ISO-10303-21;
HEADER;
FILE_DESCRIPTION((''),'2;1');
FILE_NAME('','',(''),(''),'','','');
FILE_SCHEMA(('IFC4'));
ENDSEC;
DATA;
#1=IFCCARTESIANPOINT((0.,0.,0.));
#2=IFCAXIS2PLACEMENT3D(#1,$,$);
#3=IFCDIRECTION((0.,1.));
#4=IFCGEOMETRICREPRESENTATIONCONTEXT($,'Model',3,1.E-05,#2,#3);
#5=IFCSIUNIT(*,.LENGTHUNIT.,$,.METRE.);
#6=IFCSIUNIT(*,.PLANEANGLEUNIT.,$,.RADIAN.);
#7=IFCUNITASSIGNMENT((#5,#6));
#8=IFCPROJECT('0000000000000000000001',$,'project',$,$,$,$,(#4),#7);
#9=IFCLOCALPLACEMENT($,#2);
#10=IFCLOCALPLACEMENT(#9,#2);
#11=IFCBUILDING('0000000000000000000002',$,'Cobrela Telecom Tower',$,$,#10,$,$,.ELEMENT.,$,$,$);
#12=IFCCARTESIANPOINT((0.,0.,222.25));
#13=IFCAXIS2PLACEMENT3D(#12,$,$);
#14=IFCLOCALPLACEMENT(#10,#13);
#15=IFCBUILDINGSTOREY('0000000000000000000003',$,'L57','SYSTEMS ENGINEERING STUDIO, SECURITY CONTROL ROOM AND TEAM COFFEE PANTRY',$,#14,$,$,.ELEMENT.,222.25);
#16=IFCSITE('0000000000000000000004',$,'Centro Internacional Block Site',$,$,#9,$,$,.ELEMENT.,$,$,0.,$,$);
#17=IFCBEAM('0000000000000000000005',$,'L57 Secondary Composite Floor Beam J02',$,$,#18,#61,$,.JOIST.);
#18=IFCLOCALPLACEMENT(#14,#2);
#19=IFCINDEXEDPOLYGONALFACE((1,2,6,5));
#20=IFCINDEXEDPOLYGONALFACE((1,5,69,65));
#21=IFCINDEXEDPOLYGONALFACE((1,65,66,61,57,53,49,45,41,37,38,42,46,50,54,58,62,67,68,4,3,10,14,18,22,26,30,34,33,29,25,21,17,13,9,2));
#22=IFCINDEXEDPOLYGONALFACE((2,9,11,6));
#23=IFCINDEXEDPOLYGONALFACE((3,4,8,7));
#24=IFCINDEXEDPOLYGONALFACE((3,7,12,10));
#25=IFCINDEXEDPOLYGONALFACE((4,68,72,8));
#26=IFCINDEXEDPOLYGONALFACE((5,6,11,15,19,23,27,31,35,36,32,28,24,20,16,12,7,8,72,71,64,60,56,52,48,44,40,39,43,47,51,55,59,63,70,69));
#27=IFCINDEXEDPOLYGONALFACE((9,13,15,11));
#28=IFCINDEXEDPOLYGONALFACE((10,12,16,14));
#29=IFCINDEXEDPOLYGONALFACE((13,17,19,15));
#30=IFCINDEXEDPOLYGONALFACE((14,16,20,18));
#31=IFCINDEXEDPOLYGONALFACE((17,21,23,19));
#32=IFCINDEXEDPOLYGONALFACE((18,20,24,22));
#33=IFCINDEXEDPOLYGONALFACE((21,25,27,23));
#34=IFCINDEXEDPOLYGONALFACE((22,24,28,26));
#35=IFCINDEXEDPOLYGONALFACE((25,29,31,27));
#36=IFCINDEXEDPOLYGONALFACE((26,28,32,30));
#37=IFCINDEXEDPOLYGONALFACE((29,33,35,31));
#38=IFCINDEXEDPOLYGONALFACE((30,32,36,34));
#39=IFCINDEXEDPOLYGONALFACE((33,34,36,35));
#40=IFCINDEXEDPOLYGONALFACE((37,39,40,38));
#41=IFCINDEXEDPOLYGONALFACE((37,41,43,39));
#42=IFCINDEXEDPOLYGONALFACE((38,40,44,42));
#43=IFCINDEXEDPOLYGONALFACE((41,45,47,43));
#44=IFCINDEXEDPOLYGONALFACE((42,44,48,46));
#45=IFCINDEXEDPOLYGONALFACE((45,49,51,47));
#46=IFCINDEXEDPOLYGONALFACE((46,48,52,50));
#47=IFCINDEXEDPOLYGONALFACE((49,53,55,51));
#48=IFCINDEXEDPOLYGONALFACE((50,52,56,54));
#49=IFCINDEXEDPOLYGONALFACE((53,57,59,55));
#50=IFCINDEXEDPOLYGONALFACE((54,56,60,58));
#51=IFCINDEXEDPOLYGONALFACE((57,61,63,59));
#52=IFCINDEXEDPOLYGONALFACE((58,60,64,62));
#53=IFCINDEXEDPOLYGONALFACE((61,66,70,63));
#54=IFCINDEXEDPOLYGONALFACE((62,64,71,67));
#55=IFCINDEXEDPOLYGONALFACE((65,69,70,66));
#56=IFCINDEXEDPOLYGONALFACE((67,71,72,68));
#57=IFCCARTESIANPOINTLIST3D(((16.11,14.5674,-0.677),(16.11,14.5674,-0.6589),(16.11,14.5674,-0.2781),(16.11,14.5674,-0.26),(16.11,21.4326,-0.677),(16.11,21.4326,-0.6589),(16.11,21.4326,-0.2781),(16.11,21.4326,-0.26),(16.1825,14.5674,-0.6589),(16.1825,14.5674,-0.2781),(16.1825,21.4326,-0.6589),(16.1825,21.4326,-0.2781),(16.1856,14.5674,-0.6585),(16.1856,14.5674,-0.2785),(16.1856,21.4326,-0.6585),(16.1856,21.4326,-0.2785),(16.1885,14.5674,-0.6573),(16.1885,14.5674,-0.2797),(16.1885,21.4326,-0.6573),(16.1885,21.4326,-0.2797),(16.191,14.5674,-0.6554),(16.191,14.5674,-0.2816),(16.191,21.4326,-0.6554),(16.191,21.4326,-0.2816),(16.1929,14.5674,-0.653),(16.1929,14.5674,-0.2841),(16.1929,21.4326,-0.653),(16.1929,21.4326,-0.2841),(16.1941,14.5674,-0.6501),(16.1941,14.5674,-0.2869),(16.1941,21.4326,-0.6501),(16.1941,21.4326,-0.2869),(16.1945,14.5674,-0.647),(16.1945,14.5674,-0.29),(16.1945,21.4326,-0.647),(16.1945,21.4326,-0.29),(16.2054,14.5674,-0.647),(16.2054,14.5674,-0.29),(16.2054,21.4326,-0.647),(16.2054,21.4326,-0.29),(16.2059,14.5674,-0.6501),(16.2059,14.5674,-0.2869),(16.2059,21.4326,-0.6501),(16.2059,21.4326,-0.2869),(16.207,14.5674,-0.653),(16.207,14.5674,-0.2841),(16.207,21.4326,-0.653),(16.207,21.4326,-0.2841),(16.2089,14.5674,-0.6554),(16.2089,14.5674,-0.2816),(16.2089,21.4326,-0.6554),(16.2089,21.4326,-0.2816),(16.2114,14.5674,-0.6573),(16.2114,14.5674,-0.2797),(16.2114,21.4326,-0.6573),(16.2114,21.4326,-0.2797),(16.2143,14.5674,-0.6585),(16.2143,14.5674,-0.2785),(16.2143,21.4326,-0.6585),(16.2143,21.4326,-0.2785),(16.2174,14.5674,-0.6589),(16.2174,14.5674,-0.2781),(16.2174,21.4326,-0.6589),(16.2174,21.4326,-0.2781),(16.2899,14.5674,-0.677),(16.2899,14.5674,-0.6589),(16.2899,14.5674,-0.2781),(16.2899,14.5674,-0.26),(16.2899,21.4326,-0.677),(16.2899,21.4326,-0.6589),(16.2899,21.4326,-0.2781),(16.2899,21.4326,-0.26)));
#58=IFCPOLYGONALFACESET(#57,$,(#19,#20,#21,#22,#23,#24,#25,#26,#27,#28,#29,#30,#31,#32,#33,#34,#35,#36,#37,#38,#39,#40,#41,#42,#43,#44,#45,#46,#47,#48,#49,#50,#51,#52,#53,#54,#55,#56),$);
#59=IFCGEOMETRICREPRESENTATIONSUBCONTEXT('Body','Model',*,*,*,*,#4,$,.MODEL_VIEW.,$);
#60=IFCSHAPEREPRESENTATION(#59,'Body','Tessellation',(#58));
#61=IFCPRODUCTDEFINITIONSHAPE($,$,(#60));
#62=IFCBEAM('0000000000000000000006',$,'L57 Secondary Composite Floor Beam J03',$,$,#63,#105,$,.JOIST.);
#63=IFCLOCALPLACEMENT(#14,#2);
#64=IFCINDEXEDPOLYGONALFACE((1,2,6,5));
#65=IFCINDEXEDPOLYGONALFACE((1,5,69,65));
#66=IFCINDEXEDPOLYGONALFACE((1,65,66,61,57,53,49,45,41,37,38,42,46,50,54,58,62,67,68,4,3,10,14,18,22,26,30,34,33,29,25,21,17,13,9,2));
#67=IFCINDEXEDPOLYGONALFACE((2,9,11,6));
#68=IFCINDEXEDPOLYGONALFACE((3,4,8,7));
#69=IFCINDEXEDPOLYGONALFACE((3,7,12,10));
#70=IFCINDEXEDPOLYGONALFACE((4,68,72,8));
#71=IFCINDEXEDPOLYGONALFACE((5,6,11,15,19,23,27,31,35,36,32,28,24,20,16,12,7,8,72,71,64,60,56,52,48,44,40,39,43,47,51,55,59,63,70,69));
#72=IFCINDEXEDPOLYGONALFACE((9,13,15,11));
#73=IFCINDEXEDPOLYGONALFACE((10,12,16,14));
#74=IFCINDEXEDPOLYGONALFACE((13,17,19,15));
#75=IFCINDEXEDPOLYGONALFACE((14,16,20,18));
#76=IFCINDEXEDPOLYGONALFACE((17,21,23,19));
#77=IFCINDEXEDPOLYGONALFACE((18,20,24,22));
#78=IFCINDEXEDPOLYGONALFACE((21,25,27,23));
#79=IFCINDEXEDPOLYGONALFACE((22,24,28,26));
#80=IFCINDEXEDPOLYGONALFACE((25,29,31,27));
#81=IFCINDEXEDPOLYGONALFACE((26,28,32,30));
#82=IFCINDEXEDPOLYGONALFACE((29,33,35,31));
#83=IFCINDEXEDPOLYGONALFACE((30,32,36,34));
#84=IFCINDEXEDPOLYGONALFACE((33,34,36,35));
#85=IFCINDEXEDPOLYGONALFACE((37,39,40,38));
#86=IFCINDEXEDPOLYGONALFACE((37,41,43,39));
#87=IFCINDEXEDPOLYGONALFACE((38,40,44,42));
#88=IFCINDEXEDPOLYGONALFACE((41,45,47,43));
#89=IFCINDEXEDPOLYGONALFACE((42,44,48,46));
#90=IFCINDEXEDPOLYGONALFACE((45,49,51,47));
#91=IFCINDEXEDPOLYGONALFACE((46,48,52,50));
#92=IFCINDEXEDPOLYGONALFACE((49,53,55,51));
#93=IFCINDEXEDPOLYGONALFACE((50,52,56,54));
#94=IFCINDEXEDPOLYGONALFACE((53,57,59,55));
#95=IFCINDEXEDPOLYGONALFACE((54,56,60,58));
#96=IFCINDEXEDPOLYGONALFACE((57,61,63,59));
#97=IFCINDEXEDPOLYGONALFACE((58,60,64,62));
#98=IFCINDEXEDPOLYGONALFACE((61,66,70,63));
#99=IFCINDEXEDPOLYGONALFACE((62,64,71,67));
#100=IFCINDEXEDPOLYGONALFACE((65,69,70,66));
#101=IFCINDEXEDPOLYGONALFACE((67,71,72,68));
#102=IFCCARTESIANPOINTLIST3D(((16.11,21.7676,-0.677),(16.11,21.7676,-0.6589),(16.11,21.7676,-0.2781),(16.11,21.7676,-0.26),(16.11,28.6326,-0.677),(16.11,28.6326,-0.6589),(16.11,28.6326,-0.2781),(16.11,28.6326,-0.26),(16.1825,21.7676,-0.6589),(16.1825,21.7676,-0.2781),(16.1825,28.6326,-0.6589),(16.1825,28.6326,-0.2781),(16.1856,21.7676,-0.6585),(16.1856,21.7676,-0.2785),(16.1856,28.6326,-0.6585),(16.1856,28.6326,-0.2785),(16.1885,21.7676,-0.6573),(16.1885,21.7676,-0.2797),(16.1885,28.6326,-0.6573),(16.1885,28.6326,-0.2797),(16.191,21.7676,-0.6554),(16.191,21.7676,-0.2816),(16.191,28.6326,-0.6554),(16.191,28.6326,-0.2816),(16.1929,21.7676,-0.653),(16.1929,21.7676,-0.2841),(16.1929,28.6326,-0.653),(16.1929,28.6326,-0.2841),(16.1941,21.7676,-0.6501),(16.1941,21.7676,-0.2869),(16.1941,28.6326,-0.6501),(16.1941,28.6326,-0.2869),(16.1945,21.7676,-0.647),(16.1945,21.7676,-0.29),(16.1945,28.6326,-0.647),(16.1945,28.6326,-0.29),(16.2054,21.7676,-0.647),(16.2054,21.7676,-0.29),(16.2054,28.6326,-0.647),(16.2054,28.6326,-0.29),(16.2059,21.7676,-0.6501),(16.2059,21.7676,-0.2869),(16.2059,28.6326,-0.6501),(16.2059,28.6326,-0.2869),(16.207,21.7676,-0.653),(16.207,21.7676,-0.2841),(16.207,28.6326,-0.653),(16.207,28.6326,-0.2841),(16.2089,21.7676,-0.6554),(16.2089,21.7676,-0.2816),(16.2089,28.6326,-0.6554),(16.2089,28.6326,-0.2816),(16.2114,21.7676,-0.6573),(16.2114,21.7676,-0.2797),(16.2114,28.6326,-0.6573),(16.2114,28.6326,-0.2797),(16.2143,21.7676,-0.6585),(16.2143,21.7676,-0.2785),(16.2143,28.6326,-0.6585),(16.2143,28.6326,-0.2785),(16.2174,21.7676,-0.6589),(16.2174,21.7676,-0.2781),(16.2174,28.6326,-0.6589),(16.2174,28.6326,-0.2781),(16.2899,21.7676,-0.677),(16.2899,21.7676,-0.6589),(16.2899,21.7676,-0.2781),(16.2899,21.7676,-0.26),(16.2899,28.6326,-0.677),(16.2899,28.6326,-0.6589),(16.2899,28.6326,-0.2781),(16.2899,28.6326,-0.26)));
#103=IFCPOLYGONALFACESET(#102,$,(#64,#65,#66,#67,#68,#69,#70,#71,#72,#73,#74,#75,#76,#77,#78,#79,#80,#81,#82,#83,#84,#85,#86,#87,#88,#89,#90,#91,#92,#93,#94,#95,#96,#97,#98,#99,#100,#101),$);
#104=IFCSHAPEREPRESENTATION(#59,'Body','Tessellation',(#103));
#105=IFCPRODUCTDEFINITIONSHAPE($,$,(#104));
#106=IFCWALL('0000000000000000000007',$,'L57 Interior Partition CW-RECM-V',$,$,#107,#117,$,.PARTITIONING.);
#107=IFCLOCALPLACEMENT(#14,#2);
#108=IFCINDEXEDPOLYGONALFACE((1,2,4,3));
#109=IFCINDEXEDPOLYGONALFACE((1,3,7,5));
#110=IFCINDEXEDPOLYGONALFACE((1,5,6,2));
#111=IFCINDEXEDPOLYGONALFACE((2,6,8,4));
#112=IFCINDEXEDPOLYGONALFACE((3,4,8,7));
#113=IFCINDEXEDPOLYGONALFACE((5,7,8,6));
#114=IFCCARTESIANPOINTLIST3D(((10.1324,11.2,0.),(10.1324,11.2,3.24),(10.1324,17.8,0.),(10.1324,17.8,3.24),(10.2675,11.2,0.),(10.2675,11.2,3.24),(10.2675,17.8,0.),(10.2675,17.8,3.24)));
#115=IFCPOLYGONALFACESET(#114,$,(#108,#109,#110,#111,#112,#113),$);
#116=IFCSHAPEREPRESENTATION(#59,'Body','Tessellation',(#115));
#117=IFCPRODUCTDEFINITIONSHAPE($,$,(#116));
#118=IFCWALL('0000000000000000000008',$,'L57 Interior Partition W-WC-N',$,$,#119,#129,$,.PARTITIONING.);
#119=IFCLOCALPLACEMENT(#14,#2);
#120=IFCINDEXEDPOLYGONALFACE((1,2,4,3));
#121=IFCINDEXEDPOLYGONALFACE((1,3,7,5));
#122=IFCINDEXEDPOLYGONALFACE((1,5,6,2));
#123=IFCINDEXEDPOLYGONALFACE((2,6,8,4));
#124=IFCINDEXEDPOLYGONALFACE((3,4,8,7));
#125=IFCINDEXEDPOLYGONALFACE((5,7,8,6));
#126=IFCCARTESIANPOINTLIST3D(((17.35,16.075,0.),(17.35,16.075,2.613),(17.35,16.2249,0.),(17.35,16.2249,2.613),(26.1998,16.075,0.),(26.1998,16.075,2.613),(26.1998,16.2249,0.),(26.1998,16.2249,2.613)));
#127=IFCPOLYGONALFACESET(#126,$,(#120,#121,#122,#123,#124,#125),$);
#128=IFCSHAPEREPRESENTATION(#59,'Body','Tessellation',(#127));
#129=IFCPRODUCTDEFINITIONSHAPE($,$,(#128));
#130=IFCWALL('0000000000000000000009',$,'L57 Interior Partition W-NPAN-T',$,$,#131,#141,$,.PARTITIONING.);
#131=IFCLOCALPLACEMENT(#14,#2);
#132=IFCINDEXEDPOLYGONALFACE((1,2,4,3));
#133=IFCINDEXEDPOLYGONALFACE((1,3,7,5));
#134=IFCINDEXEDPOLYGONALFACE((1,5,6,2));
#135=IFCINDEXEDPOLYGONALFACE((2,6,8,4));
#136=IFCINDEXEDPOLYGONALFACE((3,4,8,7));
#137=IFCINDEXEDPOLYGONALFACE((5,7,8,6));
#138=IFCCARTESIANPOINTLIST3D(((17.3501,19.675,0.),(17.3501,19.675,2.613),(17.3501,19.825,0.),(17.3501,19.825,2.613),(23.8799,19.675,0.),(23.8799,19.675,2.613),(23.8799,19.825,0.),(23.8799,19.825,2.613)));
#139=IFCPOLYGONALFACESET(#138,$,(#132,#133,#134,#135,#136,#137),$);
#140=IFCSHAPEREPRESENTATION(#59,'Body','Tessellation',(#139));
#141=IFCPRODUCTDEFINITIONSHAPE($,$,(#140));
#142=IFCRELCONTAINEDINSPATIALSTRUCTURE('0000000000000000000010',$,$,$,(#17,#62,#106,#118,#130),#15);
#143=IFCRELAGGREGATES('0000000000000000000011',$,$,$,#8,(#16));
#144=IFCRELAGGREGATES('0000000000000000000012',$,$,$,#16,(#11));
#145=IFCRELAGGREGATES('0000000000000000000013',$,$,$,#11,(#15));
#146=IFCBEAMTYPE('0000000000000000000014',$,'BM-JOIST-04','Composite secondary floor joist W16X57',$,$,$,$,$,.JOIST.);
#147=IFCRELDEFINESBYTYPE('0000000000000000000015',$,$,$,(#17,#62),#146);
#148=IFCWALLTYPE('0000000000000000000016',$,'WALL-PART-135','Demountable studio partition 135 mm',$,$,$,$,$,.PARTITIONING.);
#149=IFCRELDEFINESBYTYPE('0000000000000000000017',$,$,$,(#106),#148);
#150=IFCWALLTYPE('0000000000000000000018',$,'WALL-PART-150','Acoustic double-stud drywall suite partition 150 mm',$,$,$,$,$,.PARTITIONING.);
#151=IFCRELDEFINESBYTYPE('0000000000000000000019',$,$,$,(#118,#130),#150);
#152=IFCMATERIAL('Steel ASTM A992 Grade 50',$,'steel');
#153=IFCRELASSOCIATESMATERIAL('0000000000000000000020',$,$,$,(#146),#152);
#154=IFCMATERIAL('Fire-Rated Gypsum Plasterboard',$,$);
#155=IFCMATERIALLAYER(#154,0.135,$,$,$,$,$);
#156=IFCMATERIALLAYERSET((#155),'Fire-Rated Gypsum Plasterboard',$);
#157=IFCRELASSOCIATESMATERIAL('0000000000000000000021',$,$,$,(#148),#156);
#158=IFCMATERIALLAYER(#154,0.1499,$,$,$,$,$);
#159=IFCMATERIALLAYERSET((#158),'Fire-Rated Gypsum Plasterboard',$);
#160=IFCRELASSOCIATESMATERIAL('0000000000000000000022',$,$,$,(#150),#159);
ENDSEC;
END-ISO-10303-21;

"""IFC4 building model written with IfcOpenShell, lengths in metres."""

from ifc_helpers import new_model, si_unit, direction, frame, frame_2d, origin, origin_2d, place, context, subcontext, project, spatial, rectangle, i_section, extrude, material, layer, layer_set, material_profile, profile_set, type_object, element, save


model = new_model("IFC4")

# Units and contexts
model_context = context("Model", 3, precision=1e-05, world=origin(), true_north=direction((0.0, 1.0)))
body_context = subcontext(model_context, "Body", "Model", "MODEL_VIEW")
ifc_project = project(units=[si_unit("LENGTHUNIT", "METRE"), si_unit("PLANEANGLEUNIT", "RADIAN")], contexts=[model_context])

# Site, building, storey
site_placement = place(None, origin())
site = spatial("IfcSite", under=ifc_project, at=site_placement, Name="Centro Internacional Block Site", CompositionType="ELEMENT", RefElevation=0.0)
building_placement = place(site_placement, origin())
building = spatial("IfcBuilding", under=site, at=building_placement, Name="Cobrela Telecom Tower", CompositionType="ELEMENT")
storey_placement = place(building_placement, frame((0.0, 0.0, 222.25)))
storey = spatial("IfcBuildingStorey", under=building, at=storey_placement, Name="L57", Description="SYSTEMS ENGINEERING STUDIO, SECURITY CONTROL ROOM AND TEAM COFFEE PANTRY", CompositionType="ELEMENT", Elevation=222.25)

# Beams
ifc_material_1 = material(Name="Steel ASTM A992 Grade 50", Category="steel")
ifc_material_profile_1 = material_profile(ifc_material_1, i_section(OverallWidth=0.1799, OverallDepth=0.417, WebThickness=0.011, FlangeThickness=0.0181, FilletRadius=0.012, at=origin_2d()), Name="W16X57")
ifc_profile_set_1 = profile_set([ifc_material_profile_1], Name="Steel ASTM A992 Grade 50")
beam_type_1 = type_object("IfcBeamType", Name="BM-JOIST-04", Description="Composite secondary floor joist W16X57", PredefinedType="JOIST", material=ifc_profile_set_1)
beam_1_placement = place(storey_placement, frame((16.2, 14.5674, -0.4685), z_axis=(0.0, 1.0, 0.0), x_axis=(-1.0, 0.0, 0.0)))
element("IfcBeam", 1, at=beam_1_placement, inside=storey, type_object=beam_type_1, Name="L57 Secondary Composite Floor Beam J02", PredefinedType="JOIST", context=body_context, shape_type="SweptSolid", body=[
    extrude(i_section(OverallWidth=0.1799, OverallDepth=0.417, WebThickness=0.011, FlangeThickness=0.0181, FilletRadius=0.012, at=origin_2d()), origin(), (0.0, 0.0, 1.0), 6.8652),
])
beam_2_placement = place(storey_placement, frame((16.2, 21.7676, -0.4685), z_axis=(0.0, 1.0, 0.0), x_axis=(-1.0, 0.0, 0.0)))
element("IfcBeam", 2, at=beam_2_placement, inside=storey, type_object=beam_type_1, Name="L57 Secondary Composite Floor Beam J03", PredefinedType="JOIST", context=body_context, shape_type="SweptSolid", body=[
    extrude(i_section(OverallWidth=0.1799, OverallDepth=0.417, WebThickness=0.011, FlangeThickness=0.0181, FilletRadius=0.012, at=origin_2d()), origin(), (0.0, 0.0, 1.0), 6.865),
])

# Wall
ifc_material_2 = material(Name="Fire-Rated Gypsum Plasterboard")
ifc_layer_1 = layer(ifc_material_2, 0.135)
ifc_layer_set_1 = layer_set([ifc_layer_1], Name="Fire-Rated Gypsum Plasterboard")
wall_type_1 = type_object("IfcWallType", Name="WALL-PART-135", Description="Demountable studio partition 135 mm", PredefinedType="PARTITIONING", material=ifc_layer_set_1)
wall_1_placement = place(storey_placement, frame((10.2, 11.2, 0.0), z_axis=(0.0, 0.0, 1.0), x_axis=(0.0, 1.0, 0.0)))
element("IfcWall", 3, at=wall_1_placement, inside=storey, type_object=wall_type_1, Name="L57 Interior Partition CW-RECM-V", PredefinedType="PARTITIONING", context=body_context, shape_type="SweptSolid", body=[
    extrude(rectangle(XDim=6.6001, YDim=0.135, at=frame_2d((3.3, 0.0))), origin(), (0.0, 0.0, 1.0), 3.24),
])

# Shared definitions
ifc_layer_2 = layer(ifc_material_2, 0.1499)
ifc_layer_set_2 = layer_set([ifc_layer_2], Name="Fire-Rated Gypsum Plasterboard")
wall_type_2 = type_object("IfcWallType", Name="WALL-PART-150", Description="Acoustic double-stud drywall suite partition 150 mm", PredefinedType="PARTITIONING", material=ifc_layer_set_2)

# Walls
wall_2_placement = place(storey_placement, frame((17.3501, 16.1499, 0.0), z_axis=(0.0, 0.0, 1.0), x_axis=(1.0, 0.0, 0.0)))
element("IfcWall", 4, at=wall_2_placement, inside=storey, type_object=wall_type_2, Name="L57 Interior Partition W-WC-N", PredefinedType="PARTITIONING", context=body_context, shape_type="SweptSolid", body=[
    extrude(rectangle(XDim=8.8499, YDim=0.1499, at=frame_2d((4.4248, 0.0))), origin(), (0.0, 0.0, 1.0), 2.613),
])
wall_3_placement = place(storey_placement, frame((17.3501, 19.75, 0.0), z_axis=(0.0, 0.0, 1.0), x_axis=(1.0, 0.0, 0.0)))
element("IfcWall", 5, at=wall_3_placement, inside=storey, type_object=wall_type_2, Name="L57 Interior Partition W-NPAN-T", PredefinedType="PARTITIONING", context=body_context, shape_type="SweptSolid", body=[
    extrude(rectangle(XDim=6.5298, YDim=0.1499, at=frame_2d((3.2649, 0.0))), origin(), (0.0, 0.0, 1.0), 2.613),
])

save(model, "model.ifc")
